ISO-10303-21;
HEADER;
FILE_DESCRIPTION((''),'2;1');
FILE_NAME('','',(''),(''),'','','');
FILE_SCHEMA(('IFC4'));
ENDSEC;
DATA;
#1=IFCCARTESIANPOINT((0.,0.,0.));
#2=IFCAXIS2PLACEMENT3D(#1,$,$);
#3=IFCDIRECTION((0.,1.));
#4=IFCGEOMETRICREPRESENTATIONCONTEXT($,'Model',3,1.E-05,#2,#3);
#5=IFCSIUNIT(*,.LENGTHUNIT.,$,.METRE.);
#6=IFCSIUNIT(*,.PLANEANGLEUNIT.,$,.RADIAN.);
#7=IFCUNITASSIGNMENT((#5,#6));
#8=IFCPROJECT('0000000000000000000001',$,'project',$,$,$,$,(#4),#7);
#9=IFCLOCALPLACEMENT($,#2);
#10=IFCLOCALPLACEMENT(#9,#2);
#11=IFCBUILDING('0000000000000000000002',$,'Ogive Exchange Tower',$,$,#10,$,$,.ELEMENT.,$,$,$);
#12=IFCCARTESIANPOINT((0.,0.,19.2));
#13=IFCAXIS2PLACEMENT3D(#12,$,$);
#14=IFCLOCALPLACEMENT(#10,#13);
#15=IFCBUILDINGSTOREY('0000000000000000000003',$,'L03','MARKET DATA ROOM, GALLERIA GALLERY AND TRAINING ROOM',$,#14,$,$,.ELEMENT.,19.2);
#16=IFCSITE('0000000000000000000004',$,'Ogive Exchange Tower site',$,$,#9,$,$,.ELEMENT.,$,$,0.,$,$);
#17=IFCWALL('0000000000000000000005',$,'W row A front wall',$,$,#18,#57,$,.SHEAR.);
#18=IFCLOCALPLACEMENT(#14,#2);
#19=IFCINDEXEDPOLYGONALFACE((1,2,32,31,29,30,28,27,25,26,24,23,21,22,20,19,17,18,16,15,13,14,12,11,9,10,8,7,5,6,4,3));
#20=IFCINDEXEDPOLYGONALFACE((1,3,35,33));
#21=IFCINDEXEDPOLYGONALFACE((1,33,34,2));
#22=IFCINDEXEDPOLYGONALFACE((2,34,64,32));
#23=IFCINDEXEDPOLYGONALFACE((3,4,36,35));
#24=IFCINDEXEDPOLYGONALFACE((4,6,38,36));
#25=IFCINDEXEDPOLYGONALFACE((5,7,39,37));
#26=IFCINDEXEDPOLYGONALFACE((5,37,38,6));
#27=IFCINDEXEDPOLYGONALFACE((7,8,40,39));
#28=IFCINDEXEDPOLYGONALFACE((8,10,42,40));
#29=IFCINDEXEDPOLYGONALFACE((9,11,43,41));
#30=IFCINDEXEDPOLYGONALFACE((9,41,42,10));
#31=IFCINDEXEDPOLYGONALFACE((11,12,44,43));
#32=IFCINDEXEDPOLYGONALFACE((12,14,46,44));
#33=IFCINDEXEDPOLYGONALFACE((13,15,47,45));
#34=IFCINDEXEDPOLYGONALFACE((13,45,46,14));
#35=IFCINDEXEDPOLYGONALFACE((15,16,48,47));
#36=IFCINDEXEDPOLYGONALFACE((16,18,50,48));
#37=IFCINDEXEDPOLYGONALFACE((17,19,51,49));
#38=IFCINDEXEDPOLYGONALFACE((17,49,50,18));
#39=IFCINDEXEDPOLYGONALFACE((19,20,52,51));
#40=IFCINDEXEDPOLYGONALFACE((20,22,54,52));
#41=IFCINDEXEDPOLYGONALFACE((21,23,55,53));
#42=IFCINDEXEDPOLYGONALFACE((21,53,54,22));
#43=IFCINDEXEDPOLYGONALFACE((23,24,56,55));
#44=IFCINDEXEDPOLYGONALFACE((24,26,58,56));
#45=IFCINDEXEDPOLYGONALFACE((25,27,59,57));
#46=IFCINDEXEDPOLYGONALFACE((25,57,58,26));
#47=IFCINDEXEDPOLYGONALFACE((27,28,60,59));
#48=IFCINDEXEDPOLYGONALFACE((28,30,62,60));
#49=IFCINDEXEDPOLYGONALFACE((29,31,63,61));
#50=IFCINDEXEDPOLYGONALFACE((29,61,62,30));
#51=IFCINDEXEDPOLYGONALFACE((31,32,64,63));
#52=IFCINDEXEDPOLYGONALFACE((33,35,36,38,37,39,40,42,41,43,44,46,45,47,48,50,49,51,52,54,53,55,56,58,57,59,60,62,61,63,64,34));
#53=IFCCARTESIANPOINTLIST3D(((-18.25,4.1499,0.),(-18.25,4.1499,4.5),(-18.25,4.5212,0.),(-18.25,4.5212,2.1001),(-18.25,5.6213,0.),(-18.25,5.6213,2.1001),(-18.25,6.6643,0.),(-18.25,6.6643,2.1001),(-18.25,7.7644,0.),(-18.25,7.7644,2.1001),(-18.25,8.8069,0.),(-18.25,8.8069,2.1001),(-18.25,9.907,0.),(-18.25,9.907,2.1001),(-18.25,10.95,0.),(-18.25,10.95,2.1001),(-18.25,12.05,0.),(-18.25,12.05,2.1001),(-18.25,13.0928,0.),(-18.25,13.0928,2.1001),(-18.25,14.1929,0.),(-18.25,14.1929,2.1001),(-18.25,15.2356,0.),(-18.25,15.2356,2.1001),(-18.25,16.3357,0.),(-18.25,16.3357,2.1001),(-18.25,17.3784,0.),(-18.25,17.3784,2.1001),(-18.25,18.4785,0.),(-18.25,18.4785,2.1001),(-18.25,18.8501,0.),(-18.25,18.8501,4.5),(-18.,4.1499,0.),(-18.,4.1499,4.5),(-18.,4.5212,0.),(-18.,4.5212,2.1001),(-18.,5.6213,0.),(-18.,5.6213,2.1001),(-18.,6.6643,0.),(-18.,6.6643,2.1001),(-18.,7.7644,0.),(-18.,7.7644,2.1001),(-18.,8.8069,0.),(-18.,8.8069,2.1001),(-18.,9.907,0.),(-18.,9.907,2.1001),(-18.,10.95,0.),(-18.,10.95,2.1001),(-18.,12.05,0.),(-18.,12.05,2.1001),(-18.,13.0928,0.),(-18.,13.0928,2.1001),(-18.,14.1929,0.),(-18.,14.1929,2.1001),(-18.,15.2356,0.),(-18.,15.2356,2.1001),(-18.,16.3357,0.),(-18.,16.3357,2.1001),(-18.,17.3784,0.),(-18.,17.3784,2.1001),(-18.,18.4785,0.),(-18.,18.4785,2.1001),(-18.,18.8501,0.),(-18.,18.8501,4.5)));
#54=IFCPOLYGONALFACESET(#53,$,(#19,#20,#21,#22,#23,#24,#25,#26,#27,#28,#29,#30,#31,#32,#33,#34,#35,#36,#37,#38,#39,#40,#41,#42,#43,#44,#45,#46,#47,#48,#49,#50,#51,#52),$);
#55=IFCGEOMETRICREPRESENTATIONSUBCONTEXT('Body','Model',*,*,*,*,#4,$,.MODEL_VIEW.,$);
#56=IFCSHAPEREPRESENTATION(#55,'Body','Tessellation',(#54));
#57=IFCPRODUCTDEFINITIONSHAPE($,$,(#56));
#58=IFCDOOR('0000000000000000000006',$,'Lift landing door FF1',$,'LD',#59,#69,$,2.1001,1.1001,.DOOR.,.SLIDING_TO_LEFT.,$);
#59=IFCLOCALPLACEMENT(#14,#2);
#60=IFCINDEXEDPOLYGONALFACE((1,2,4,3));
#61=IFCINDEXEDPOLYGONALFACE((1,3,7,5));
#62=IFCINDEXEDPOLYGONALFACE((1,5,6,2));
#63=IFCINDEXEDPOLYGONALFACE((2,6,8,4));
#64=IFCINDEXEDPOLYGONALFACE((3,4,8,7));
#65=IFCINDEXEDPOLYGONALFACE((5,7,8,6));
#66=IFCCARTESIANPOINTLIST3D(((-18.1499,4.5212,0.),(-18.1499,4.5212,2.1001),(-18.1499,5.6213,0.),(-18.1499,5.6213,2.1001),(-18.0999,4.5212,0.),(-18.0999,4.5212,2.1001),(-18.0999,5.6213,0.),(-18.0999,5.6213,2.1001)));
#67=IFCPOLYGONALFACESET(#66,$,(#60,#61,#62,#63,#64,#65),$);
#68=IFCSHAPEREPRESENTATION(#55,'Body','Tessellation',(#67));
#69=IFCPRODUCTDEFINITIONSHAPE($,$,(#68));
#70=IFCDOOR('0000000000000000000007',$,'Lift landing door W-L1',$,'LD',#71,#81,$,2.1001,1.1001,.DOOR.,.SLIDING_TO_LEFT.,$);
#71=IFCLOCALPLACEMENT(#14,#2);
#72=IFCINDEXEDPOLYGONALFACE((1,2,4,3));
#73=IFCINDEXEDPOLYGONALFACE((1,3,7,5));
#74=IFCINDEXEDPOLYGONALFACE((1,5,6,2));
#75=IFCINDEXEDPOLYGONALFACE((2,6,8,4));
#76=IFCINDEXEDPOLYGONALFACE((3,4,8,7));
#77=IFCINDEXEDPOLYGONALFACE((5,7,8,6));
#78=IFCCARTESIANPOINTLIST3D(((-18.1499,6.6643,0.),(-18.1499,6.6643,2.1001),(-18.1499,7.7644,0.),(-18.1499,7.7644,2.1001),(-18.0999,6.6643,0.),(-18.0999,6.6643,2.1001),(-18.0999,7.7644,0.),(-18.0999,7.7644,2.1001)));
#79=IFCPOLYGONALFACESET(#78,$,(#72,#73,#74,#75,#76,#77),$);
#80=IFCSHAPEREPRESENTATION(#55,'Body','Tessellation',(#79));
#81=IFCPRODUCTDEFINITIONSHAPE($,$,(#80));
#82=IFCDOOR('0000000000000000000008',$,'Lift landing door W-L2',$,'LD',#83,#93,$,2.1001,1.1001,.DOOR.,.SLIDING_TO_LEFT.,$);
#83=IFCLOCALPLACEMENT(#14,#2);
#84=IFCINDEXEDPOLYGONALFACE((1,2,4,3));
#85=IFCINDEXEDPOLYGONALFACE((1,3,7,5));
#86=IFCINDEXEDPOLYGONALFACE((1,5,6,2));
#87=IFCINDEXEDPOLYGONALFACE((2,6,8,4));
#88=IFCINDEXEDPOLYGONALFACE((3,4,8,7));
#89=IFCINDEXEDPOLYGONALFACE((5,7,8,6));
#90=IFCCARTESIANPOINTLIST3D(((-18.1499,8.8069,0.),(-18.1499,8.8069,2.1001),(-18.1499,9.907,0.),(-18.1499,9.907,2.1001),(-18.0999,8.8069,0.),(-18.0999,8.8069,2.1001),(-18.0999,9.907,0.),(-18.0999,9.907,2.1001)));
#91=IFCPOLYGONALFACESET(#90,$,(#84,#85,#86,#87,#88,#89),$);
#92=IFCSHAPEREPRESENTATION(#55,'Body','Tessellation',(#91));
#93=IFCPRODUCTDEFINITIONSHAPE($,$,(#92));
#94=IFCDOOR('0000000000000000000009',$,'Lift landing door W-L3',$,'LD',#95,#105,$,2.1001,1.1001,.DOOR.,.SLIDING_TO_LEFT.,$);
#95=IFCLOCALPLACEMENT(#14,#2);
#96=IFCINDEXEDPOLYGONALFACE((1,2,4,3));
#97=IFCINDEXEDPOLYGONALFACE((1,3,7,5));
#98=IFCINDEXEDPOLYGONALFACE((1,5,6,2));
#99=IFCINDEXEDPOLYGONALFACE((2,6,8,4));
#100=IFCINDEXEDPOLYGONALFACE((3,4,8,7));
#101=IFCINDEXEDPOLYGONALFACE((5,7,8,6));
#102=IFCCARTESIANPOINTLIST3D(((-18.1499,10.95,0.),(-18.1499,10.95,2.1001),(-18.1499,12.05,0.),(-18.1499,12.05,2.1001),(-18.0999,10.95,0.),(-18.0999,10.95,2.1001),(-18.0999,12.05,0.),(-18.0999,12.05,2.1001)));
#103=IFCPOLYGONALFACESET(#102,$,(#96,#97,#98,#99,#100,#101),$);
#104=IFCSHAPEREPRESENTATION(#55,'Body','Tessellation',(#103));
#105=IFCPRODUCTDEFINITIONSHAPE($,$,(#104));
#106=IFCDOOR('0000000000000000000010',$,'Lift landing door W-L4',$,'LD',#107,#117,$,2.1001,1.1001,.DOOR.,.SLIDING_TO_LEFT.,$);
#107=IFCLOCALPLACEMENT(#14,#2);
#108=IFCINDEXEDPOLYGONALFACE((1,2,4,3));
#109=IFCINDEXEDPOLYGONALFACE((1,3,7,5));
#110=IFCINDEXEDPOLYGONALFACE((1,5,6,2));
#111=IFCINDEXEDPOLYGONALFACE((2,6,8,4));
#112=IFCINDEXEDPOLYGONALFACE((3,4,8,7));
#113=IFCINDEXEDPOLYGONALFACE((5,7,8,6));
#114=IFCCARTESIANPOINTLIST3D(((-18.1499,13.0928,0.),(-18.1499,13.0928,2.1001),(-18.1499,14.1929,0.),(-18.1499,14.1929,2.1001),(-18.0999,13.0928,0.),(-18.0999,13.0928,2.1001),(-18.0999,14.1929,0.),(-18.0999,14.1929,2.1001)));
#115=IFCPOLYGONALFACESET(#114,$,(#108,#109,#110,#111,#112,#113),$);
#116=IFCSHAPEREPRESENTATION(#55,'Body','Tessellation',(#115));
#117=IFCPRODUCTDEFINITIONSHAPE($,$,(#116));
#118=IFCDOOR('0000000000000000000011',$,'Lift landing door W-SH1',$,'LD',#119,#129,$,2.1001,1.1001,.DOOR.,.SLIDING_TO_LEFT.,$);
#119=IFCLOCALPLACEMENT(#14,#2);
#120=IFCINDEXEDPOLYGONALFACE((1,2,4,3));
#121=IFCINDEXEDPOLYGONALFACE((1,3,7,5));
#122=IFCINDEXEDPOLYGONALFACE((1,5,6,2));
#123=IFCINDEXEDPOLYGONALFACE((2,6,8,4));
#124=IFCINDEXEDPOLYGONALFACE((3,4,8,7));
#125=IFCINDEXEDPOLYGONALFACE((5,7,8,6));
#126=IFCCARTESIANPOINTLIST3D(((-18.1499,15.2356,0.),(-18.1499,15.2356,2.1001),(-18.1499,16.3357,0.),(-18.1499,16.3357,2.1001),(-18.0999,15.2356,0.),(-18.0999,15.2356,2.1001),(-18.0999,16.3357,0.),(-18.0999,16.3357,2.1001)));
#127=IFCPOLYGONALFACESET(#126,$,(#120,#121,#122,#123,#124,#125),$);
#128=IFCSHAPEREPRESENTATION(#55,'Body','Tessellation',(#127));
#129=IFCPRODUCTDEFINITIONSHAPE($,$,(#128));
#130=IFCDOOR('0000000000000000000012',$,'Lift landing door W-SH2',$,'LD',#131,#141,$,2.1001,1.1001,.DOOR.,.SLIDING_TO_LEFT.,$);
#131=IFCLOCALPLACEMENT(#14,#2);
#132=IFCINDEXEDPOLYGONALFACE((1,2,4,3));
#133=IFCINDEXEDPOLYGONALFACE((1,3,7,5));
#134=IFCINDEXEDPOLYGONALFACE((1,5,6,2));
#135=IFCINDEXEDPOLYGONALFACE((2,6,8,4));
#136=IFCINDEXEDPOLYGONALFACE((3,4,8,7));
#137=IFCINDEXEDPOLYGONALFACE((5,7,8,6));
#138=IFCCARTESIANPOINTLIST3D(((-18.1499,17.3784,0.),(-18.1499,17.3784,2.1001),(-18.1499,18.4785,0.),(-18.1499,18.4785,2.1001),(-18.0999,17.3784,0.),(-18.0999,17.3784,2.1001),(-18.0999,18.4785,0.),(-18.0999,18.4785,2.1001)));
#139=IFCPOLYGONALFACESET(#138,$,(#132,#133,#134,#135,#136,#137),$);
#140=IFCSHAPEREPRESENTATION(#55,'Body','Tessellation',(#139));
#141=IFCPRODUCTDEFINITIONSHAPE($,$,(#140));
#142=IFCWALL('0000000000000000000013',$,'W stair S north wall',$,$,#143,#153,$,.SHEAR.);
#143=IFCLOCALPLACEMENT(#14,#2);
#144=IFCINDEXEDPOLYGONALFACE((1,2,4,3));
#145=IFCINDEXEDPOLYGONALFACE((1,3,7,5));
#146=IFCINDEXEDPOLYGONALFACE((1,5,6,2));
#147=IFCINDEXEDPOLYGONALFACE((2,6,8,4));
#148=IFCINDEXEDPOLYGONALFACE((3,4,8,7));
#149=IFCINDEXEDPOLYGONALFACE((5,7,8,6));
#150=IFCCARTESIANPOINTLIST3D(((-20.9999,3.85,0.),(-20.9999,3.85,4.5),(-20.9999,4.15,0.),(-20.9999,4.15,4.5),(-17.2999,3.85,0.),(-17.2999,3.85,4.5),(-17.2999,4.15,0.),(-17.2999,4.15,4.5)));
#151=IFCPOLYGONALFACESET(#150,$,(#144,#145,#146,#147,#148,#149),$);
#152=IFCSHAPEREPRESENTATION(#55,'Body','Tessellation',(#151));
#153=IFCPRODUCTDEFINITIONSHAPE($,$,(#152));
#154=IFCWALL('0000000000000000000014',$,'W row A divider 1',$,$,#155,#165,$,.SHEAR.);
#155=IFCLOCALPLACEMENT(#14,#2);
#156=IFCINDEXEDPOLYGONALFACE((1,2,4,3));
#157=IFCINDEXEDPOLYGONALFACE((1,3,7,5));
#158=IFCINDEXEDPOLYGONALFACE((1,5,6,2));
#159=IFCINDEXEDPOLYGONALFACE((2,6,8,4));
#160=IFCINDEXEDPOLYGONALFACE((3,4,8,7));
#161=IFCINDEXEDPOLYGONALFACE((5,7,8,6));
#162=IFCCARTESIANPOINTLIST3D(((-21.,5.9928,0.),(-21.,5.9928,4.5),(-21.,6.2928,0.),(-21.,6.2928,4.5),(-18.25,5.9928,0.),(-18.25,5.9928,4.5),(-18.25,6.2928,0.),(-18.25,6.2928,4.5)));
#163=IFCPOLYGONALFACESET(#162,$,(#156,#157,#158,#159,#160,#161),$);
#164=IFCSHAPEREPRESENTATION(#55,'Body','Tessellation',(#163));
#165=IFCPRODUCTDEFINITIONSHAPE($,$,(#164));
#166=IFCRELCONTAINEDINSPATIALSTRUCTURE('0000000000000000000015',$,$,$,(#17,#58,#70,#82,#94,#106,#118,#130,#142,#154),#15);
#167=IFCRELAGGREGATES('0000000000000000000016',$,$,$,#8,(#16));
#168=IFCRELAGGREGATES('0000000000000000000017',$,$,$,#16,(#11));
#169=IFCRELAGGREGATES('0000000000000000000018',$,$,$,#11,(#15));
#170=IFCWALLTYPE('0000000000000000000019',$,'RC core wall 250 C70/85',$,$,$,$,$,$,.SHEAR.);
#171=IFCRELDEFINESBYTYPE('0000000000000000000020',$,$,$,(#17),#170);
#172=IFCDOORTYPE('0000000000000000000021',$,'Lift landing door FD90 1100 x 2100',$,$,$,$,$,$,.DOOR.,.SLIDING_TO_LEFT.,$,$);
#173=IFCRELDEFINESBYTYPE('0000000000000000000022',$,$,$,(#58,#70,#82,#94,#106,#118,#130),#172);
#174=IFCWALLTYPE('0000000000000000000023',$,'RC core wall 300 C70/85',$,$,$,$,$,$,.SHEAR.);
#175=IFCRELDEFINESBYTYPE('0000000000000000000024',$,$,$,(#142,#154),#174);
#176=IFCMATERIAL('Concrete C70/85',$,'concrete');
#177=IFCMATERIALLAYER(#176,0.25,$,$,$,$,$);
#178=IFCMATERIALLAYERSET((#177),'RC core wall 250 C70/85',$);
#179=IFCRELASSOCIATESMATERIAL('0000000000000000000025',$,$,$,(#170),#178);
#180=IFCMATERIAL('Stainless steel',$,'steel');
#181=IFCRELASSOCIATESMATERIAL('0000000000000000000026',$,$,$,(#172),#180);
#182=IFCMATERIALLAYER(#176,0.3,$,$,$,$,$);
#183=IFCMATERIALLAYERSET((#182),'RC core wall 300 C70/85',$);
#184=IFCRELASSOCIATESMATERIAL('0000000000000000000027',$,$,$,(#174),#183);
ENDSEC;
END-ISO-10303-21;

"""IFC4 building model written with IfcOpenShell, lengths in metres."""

from ifc_helpers import new_model, si_unit, direction, frame, frame_2d, origin, place, context, subcontext, project, spatial, rectangle, extrude, material, layer, layer_set, type_object, element, fill, save


model = new_model("IFC4")

# Units and contexts
model_context = context("Model", 3, precision=1e-05, world=origin(), true_north=direction((0.0, 1.0)))
body_context = subcontext(model_context, "Body", "Model", "MODEL_VIEW")
ifc_project = project(units=[si_unit("LENGTHUNIT", "METRE"), si_unit("PLANEANGLEUNIT", "RADIAN")], contexts=[model_context])

# Site, building, storey
site_placement = place(None, origin())
site = spatial("IfcSite", under=ifc_project, at=site_placement, Name="Ogive Exchange Tower site", CompositionType="ELEMENT", RefElevation=0.0)
building_placement = place(site_placement, origin())
building = spatial("IfcBuilding", under=site, at=building_placement, Name="Ogive Exchange Tower", CompositionType="ELEMENT")
storey_placement = place(building_placement, frame((0.0, 0.0, 19.2)))
storey = spatial("IfcBuildingStorey", under=building, at=storey_placement, Name="L03", Description="MARKET DATA ROOM, GALLERIA GALLERY AND TRAINING ROOM", CompositionType="ELEMENT", Elevation=19.2)

# Shared definitions
ifc_material_1 = material(Name="Concrete C70/85", Category="concrete")

# Wall, openings, doors
ifc_layer_1 = layer(ifc_material_1, 0.25)
ifc_layer_set_1 = layer_set([ifc_layer_1], Name="RC core wall 250 C70/85")
wall_type_1 = type_object("IfcWallType", Name="RC core wall 250 C70/85", PredefinedType="SHEAR", material=ifc_layer_set_1)
wall_1_placement = place(storey_placement, frame((-18.125, 4.1499, 0.0), z_axis=(0.0, 0.0, 1.0), x_axis=(0.0, 1.0, 0.0)))
wall_1 = element("IfcWall", 1, at=wall_1_placement, inside=storey, type_object=wall_type_1, Name="W row A front wall", PredefinedType="SHEAR", context=body_context, shape_type="SweptSolid", body=[
    extrude(rectangle(XDim=14.7002, YDim=0.25, at=frame_2d((7.3501, 0.0))), origin(), (0.0, 0.0, 1.0), 4.5),
])
opening_1_placement = place(wall_1_placement, frame((0.3713, 0.0, 0.0)))
opening_1 = element("IfcOpeningElement", 2, at=opening_1_placement, cuts=wall_1, PredefinedType="OPENING", context=body_context, shape_type="SweptSolid", body=[
    extrude(rectangle(XDim=1.1001, YDim=2.1001, at=frame_2d((0.55, 1.05))), frame((0.0, 0.135, 0.0), z_axis=(0.0, -1.0, 0.0), x_axis=(1.0, 0.0, 0.0)), (0.0, 0.0, 1.0), 0.27),
])
opening_2_placement = place(wall_1_placement, frame((2.5144, 0.0, 0.0)))
opening_2 = element("IfcOpeningElement", 3, at=opening_2_placement, cuts=wall_1, PredefinedType="OPENING", context=body_context, shape_type="SweptSolid", body=[
    extrude(rectangle(XDim=1.1001, YDim=2.1001, at=frame_2d((0.55, 1.05))), frame((0.0, 0.135, 0.0), z_axis=(0.0, -1.0, 0.0), x_axis=(1.0, 0.0, 0.0)), (0.0, 0.0, 1.0), 0.27),
])
opening_3_placement = place(wall_1_placement, frame((4.657, 0.0, 0.0)))
opening_3 = element("IfcOpeningElement", 4, at=opening_3_placement, cuts=wall_1, PredefinedType="OPENING", context=body_context, shape_type="SweptSolid", body=[
    extrude(rectangle(XDim=1.1001, YDim=2.1001, at=frame_2d((0.55, 1.05))), frame((0.0, 0.135, 0.0), z_axis=(0.0, -1.0, 0.0), x_axis=(1.0, 0.0, 0.0)), (0.0, 0.0, 1.0), 0.27),
])
opening_4_placement = place(wall_1_placement, frame((6.8, 0.0, 0.0)))
opening_4 = element("IfcOpeningElement", 5, at=opening_4_placement, cuts=wall_1, PredefinedType="OPENING", context=body_context, shape_type="SweptSolid", body=[
    extrude(rectangle(XDim=1.1001, YDim=2.1001, at=frame_2d((0.55, 1.05))), frame((0.0, 0.135, 0.0), z_axis=(0.0, -1.0, 0.0), x_axis=(1.0, 0.0, 0.0)), (0.0, 0.0, 1.0), 0.27),
])
opening_5_placement = place(wall_1_placement, frame((8.9429, 0.0, 0.0)))
opening_5 = element("IfcOpeningElement", 6, at=opening_5_placement, cuts=wall_1, PredefinedType="OPENING", context=body_context, shape_type="SweptSolid", body=[
    extrude(rectangle(XDim=1.1001, YDim=2.1001, at=frame_2d((0.55, 1.05))), frame((0.0, 0.135, 0.0), z_axis=(0.0, -1.0, 0.0), x_axis=(1.0, 0.0, 0.0)), (0.0, 0.0, 1.0), 0.27),
])
opening_6_placement = place(wall_1_placement, frame((11.0857, 0.0, 0.0)))
opening_6 = element("IfcOpeningElement", 7, at=opening_6_placement, cuts=wall_1, PredefinedType="OPENING", context=body_context, shape_type="SweptSolid", body=[
    extrude(rectangle(XDim=1.1001, YDim=2.1001, at=frame_2d((0.55, 1.05))), frame((0.0, 0.135, 0.0), z_axis=(0.0, -1.0, 0.0), x_axis=(1.0, 0.0, 0.0)), (0.0, 0.0, 1.0), 0.27),
])
opening_7_placement = place(wall_1_placement, frame((13.2285, 0.0, 0.0)))
opening_7 = element("IfcOpeningElement", 8, at=opening_7_placement, cuts=wall_1, PredefinedType="OPENING", context=body_context, shape_type="SweptSolid", body=[
    extrude(rectangle(XDim=1.1001, YDim=2.1001, at=frame_2d((0.55, 1.05))), frame((0.0, 0.135, 0.0), z_axis=(0.0, -1.0, 0.0), x_axis=(1.0, 0.0, 0.0)), (0.0, 0.0, 1.0), 0.27),
])
ifc_material_2 = material(Name="Stainless steel", Category="steel")
door_type_1 = type_object("IfcDoorType", Name="Lift landing door FD90 1100 x 2100", OperationType="SLIDING_TO_LEFT", PredefinedType="DOOR", material=ifc_material_2)
door_1_placement = place(opening_1_placement, origin())
door_1 = element("IfcDoor", 9, at=door_1_placement, inside=storey, type_object=door_type_1, Name="Lift landing door FF1", ObjectType="LD", OperationType="SLIDING_TO_LEFT", OverallHeight=2.1001, OverallWidth=1.1001, PredefinedType="DOOR", context=body_context, shape_type="SweptSolid", body=[
    extrude(rectangle(XDim=1.1001, YDim=2.1001, at=frame_2d((0.55, 1.05))), frame((0.0, 0.0249, 0.0), z_axis=(0.0, -1.0, 0.0), x_axis=(1.0, 0.0, 0.0)), (0.0, 0.0, 1.0), 0.05),
])
fill(opening_1, door_1)
door_2_placement = place(opening_2_placement, origin())
door_2 = element("IfcDoor", 10, at=door_2_placement, inside=storey, type_object=door_type_1, Name="Lift landing door W-L1", ObjectType="LD", OperationType="SLIDING_TO_LEFT", OverallHeight=2.1001, OverallWidth=1.1001, PredefinedType="DOOR", context=body_context, shape_type="SweptSolid", body=[
    extrude(rectangle(XDim=1.1001, YDim=2.1001, at=frame_2d((0.55, 1.05))), frame((0.0, 0.0249, 0.0), z_axis=(0.0, -1.0, 0.0), x_axis=(1.0, 0.0, 0.0)), (0.0, 0.0, 1.0), 0.05),
])
fill(opening_2, door_2)
door_3_placement = place(opening_3_placement, origin())
door_3 = element("IfcDoor", 11, at=door_3_placement, inside=storey, type_object=door_type_1, Name="Lift landing door W-L2", ObjectType="LD", OperationType="SLIDING_TO_LEFT", OverallHeight=2.1001, OverallWidth=1.1001, PredefinedType="DOOR", context=body_context, shape_type="SweptSolid", body=[
    extrude(rectangle(XDim=1.1001, YDim=2.1001, at=frame_2d((0.55, 1.05))), frame((0.0, 0.0249, 0.0), z_axis=(0.0, -1.0, 0.0), x_axis=(1.0, 0.0, 0.0)), (0.0, 0.0, 1.0), 0.05),
])
fill(opening_3, door_3)
door_4_placement = place(opening_4_placement, origin())
door_4 = element("IfcDoor", 12, at=door_4_placement, inside=storey, type_object=door_type_1, Name="Lift landing door W-L3", ObjectType="LD", OperationType="SLIDING_TO_LEFT", OverallHeight=2.1001, OverallWidth=1.1001, PredefinedType="DOOR", context=body_context, shape_type="SweptSolid", body=[
    extrude(rectangle(XDim=1.1001, YDim=2.1001, at=frame_2d((0.55, 1.05))), frame((0.0, 0.0249, 0.0), z_axis=(0.0, -1.0, 0.0), x_axis=(1.0, 0.0, 0.0)), (0.0, 0.0, 1.0), 0.05),
])
fill(opening_4, door_4)
door_5_placement = place(opening_5_placement, origin())
door_5 = element("IfcDoor", 13, at=door_5_placement, inside=storey, type_object=door_type_1, Name="Lift landing door W-L4", ObjectType="LD", OperationType="SLIDING_TO_LEFT", OverallHeight=2.1001, OverallWidth=1.1001, PredefinedType="DOOR", context=body_context, shape_type="SweptSolid", body=[
    extrude(rectangle(XDim=1.1001, YDim=2.1001, at=frame_2d((0.55, 1.05))), frame((0.0, 0.0249, 0.0), z_axis=(0.0, -1.0, 0.0), x_axis=(1.0, 0.0, 0.0)), (0.0, 0.0, 1.0), 0.05),
])
fill(opening_5, door_5)
door_6_placement = place(opening_6_placement, origin())
door_6 = element("IfcDoor", 14, at=door_6_placement, inside=storey, type_object=door_type_1, Name="Lift landing door W-SH1", ObjectType="LD", OperationType="SLIDING_TO_LEFT", OverallHeight=2.1001, OverallWidth=1.1001, PredefinedType="DOOR", context=body_context, shape_type="SweptSolid", body=[
    extrude(rectangle(XDim=1.1001, YDim=2.1001, at=frame_2d((0.55, 1.05))), frame((0.0, 0.0249, 0.0), z_axis=(0.0, -1.0, 0.0), x_axis=(1.0, 0.0, 0.0)), (0.0, 0.0, 1.0), 0.05),
])
fill(opening_6, door_6)
door_7_placement = place(opening_7_placement, origin())
door_7 = element("IfcDoor", 15, at=door_7_placement, inside=storey, type_object=door_type_1, Name="Lift landing door W-SH2", ObjectType="LD", OperationType="SLIDING_TO_LEFT", OverallHeight=2.1001, OverallWidth=1.1001, PredefinedType="DOOR", context=body_context, shape_type="SweptSolid", body=[
    extrude(rectangle(XDim=1.1001, YDim=2.1001, at=frame_2d((0.55, 1.05))), frame((0.0, 0.0249, 0.0), z_axis=(0.0, -1.0, 0.0), x_axis=(1.0, 0.0, 0.0)), (0.0, 0.0, 1.0), 0.05),
])
fill(opening_7, door_7)

# Walls
ifc_layer_2 = layer(ifc_material_1, 0.3)
ifc_layer_set_2 = layer_set([ifc_layer_2], Name="RC core wall 300 C70/85")
wall_type_2 = type_object("IfcWallType", Name="RC core wall 300 C70/85", PredefinedType="SHEAR", material=ifc_layer_set_2)
wall_2_placement = place(storey_placement, frame((-21.0, 4.0, 0.0), z_axis=(0.0, 0.0, 1.0), x_axis=(1.0, 0.0, 0.0)))
element("IfcWall", 16, at=wall_2_placement, inside=storey, type_object=wall_type_2, Name="W stair S north wall", PredefinedType="SHEAR", context=body_context, shape_type="SweptSolid", body=[
    extrude(rectangle(XDim=3.7, YDim=0.3, at=frame_2d((1.8501, 0.0))), origin(), (0.0, 0.0, 1.0), 4.5),
])
for number, where, z_axis, x_axis, name in (
    (17, (-21.0, 6.1428, 0.0), (0.0, 0.0, 1.0), (1.0, 0.0, 0.0), "W row A divider 1"),
):
    element("IfcWall", number, at=place(storey_placement, frame(where, z_axis=z_axis, x_axis=x_axis)), inside=storey, type_object=wall_type_2, Name=name, PredefinedType="SHEAR", context=body_context, shape_type="SweptSolid", body=[
        extrude(rectangle(XDim=2.75, YDim=0.3, at=frame_2d((1.375, 0.0))), origin(), (0.0, 0.0, 1.0), 4.5),
    ])

save(model, "model.ifc")
